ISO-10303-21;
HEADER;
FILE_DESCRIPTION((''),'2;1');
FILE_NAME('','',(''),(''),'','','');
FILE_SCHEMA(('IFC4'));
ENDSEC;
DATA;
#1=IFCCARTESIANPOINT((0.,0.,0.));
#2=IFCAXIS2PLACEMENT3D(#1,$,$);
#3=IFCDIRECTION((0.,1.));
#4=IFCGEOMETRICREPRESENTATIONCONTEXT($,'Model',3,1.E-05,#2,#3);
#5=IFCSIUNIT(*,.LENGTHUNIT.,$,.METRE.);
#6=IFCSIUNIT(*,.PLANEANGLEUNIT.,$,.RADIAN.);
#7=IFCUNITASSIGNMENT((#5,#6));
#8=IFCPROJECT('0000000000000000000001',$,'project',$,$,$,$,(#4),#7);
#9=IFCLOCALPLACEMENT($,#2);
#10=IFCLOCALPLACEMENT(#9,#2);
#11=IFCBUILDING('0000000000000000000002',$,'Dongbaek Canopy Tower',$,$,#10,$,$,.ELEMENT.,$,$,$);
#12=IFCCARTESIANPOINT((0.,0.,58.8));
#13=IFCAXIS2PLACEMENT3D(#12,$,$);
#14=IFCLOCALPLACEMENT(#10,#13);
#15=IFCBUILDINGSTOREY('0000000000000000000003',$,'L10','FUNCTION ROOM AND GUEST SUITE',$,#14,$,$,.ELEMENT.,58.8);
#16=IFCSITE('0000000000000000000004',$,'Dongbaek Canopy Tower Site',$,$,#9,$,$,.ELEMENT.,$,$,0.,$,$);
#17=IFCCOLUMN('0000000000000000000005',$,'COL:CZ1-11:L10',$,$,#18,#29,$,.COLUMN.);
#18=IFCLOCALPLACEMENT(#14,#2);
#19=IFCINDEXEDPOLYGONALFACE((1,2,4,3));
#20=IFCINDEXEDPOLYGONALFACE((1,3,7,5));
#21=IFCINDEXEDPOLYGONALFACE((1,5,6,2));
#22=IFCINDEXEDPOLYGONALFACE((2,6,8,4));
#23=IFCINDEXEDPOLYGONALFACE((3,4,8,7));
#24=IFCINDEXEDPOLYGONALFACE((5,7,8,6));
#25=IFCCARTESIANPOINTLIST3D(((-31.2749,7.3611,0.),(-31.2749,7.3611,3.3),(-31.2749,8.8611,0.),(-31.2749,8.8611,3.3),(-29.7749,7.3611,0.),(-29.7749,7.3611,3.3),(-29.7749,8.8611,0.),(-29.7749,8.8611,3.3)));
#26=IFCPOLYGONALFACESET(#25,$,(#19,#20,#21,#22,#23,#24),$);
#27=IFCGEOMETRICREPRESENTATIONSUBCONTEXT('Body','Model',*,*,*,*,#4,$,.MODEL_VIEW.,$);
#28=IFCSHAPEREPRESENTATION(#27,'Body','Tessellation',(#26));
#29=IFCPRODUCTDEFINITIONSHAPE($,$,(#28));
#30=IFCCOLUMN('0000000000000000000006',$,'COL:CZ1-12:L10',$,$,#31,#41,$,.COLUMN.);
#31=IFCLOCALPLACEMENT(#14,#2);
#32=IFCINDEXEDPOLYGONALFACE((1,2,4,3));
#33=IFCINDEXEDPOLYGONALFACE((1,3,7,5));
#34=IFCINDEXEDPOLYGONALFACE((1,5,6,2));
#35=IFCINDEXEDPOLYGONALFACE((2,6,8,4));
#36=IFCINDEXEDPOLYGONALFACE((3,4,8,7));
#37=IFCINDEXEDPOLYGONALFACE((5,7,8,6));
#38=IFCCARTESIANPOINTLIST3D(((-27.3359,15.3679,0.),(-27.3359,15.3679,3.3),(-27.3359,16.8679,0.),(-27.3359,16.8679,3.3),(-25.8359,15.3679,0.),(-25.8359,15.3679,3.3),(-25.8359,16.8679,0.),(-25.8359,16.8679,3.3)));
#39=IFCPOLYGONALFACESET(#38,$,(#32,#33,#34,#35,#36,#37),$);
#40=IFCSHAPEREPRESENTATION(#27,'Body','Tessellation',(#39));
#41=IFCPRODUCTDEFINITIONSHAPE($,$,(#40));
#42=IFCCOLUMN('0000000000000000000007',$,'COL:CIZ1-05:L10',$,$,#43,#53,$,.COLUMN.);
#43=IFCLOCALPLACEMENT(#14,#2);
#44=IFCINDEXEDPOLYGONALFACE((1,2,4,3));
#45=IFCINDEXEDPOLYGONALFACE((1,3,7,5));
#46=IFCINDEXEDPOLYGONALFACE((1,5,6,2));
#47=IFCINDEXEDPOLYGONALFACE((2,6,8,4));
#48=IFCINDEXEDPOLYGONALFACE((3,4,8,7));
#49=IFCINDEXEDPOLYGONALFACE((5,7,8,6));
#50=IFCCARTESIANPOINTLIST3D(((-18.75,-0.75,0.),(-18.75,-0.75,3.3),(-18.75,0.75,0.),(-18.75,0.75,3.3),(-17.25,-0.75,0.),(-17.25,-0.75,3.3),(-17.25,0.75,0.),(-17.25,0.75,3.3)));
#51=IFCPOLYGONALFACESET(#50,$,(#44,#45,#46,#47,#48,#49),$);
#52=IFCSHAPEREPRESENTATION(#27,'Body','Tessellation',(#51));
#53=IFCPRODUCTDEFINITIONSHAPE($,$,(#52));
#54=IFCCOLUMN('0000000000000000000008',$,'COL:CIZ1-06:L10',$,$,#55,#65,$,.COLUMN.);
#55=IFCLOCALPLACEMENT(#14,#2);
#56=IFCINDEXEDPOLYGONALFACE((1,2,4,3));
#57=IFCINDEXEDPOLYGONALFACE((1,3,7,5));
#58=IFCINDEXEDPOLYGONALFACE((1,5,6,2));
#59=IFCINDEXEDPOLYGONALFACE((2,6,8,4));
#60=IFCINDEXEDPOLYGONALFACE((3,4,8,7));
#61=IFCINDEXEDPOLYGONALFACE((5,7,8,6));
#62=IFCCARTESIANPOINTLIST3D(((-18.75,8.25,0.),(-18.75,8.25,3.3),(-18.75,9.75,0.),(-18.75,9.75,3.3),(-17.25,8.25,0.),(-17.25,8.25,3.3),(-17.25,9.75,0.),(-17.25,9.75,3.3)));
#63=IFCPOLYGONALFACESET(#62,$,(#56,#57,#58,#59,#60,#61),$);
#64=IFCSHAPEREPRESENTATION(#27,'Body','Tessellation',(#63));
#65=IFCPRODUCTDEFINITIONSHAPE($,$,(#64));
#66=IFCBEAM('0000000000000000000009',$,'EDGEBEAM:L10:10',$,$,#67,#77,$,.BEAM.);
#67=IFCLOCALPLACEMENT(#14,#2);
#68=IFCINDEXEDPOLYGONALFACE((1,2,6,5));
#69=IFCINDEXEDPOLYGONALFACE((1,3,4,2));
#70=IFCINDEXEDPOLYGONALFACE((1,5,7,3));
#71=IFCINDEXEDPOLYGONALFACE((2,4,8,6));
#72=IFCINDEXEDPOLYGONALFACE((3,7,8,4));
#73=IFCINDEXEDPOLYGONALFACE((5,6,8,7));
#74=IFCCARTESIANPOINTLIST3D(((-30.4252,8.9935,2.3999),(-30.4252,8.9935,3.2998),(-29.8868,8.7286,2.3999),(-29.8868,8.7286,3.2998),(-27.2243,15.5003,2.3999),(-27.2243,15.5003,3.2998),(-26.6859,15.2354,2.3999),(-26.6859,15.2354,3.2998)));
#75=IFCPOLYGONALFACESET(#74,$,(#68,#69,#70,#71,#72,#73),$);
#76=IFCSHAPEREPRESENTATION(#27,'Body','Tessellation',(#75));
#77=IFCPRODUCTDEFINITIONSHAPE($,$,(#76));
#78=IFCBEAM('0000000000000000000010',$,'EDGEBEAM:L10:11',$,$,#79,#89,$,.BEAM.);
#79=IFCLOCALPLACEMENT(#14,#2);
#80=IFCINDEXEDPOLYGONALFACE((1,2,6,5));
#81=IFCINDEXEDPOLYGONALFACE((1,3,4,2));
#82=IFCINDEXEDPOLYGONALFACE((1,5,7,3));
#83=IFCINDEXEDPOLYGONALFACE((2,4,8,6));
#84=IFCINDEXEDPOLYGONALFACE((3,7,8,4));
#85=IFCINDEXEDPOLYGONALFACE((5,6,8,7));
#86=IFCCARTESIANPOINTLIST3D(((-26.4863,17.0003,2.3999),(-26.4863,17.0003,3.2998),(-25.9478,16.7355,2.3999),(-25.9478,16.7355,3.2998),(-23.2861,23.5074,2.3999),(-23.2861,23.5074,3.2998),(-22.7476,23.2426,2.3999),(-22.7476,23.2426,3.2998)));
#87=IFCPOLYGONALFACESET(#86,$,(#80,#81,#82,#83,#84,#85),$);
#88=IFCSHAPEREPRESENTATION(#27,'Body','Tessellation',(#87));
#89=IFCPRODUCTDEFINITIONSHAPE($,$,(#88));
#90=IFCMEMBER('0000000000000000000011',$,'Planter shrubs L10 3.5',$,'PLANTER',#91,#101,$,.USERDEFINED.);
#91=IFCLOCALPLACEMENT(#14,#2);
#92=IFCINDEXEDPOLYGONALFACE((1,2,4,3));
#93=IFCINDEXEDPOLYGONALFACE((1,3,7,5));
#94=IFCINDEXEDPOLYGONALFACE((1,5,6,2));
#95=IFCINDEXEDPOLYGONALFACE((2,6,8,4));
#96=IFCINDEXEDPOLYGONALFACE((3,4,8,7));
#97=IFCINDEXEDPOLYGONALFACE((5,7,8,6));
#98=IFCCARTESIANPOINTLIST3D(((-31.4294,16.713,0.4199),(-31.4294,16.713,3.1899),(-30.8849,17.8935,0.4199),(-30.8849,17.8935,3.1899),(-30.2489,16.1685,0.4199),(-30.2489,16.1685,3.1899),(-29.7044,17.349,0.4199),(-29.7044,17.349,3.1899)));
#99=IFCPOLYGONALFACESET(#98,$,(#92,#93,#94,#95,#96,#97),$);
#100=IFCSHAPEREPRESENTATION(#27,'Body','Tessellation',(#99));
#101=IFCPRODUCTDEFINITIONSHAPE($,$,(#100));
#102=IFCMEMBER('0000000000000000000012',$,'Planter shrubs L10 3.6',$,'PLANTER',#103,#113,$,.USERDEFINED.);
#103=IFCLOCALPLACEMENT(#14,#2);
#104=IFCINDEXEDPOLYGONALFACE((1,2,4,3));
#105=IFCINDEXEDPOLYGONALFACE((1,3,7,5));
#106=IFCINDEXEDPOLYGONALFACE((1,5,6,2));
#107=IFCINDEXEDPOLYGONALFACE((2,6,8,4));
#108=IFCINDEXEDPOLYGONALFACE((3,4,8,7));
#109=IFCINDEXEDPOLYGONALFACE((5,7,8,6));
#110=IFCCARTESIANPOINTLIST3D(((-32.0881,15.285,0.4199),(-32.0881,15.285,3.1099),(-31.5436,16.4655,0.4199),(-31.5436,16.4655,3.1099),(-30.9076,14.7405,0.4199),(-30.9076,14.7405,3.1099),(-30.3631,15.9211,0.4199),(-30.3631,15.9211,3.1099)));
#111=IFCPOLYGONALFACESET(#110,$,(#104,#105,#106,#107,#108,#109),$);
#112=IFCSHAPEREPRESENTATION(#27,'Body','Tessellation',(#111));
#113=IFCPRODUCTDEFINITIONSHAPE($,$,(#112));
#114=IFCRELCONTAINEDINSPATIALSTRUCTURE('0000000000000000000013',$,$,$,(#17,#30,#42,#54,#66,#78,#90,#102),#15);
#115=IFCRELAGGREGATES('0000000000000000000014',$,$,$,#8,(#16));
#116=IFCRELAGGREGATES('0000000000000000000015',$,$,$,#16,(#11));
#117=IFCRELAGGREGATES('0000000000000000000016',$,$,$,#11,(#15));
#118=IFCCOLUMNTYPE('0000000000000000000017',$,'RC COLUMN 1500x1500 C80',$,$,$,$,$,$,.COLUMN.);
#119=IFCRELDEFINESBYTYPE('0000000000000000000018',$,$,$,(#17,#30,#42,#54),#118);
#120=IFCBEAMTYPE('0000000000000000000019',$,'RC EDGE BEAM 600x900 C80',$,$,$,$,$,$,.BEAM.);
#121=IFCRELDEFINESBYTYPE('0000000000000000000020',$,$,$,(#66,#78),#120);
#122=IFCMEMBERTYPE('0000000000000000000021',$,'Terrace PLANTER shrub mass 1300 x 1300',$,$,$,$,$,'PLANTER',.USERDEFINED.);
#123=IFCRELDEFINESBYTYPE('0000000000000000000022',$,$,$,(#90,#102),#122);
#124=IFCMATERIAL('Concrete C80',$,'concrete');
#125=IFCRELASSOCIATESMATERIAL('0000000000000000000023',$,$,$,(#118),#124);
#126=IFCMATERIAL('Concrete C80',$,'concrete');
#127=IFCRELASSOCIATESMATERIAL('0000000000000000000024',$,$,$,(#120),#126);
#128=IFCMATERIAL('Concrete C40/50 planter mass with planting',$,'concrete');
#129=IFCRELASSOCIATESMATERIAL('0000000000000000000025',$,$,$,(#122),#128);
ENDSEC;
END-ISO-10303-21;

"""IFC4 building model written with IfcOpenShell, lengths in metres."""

from ifc_helpers import new_model, si_unit, direction, frame, origin, origin_2d, place, context, subcontext, project, spatial, rectangle, extrude, material, material_profile, profile_set, type_object, element, save


model = new_model("IFC4")

# Units and contexts
model_context = context("Model", 3, precision=1e-05, world=origin(), true_north=direction((0.0, 1.0)))
body_context = subcontext(model_context, "Body", "Model", "MODEL_VIEW")
ifc_project = project(units=[si_unit("LENGTHUNIT", "METRE"), si_unit("PLANEANGLEUNIT", "RADIAN")], contexts=[model_context])

# Site, building, storey
site_placement = place(None, origin())
site = spatial("IfcSite", under=ifc_project, at=site_placement, Name="Dongbaek Canopy Tower Site", CompositionType="ELEMENT", RefElevation=0.0)
building_placement = place(site_placement, origin())
building = spatial("IfcBuilding", under=site, at=building_placement, Name="Dongbaek Canopy Tower", CompositionType="ELEMENT")
storey_placement = place(building_placement, frame((0.0, 0.0, 58.8)))
storey = spatial("IfcBuildingStorey", under=building, at=storey_placement, Name="L10", Description="FUNCTION ROOM AND GUEST SUITE", CompositionType="ELEMENT", Elevation=58.8)

# Columns
ifc_material_1 = material(Name="Concrete C80", Category="concrete")
ifc_material_profile_1 = material_profile(ifc_material_1, rectangle(XDim=1.5, YDim=1.5, at=origin_2d()), Name="RC COLUMN 1500x1500 C80")
ifc_profile_set_1 = profile_set([ifc_material_profile_1], Name="Concrete C80")
column_type = type_object("IfcColumnType", Name="RC COLUMN 1500x1500 C80", PredefinedType="COLUMN", material=ifc_profile_set_1)
for number, where, z_axis, x_axis, name in (
    (1, (-30.5249, 8.1111, 0.0), (0.0, 0.0, 1.0), (1.0, 0.0, 0.0), "COL:CZ1-11:L10"),
    (2, (-26.5859, 16.1179, 0.0), (0.0, 0.0, 1.0), (1.0, 0.0, 0.0), "COL:CZ1-12:L10"),
    (3, (-18.0, 0.0, 0.0), (0.0, 0.0, 1.0), (1.0, 0.0, 0.0), "COL:CIZ1-05:L10"),
    (4, (-18.0, 9.0, 0.0), (0.0, 0.0, 1.0), (1.0, 0.0, 0.0), "COL:CIZ1-06:L10"),
):
    element("IfcColumn", number, at=place(storey_placement, frame(where, z_axis=z_axis, x_axis=x_axis)), inside=storey, type_object=column_type, Name=name, PredefinedType="COLUMN", context=body_context, shape_type="SweptSolid", body=[
        extrude(rectangle(XDim=1.5, YDim=1.5, at=origin_2d()), origin(), (0.0, 0.0, 1.0), 3.3),
    ])

# Beams
ifc_material_2 = material(Name="Concrete C80", Category="concrete")
ifc_material_profile_2 = material_profile(ifc_material_2, rectangle(XDim=0.6001, YDim=0.8999, at=origin_2d()), Name="RC EDGE BEAM 600x900 C80")
ifc_profile_set_2 = profile_set([ifc_material_profile_2], Name="Concrete C80")
beam_type = type_object("IfcBeamType", Name="RC EDGE BEAM 600x900 C80", PredefinedType="BEAM", material=ifc_profile_set_2)
for number, where, z_axis, x_axis, name in (
    (5, (-30.156, 8.8611, 2.8499), (0.441413, 0.897304, 0.0), (-0.897304, 0.441413, 0.0), "EDGEBEAM:L10:10"),
    (6, (-26.217, 16.8679, 2.8499), (0.441319, 0.89735, 0.0), (-0.89735, 0.441319, 0.0), "EDGEBEAM:L10:11"),
):
    element("IfcBeam", number, at=place(storey_placement, frame(where, z_axis=z_axis, x_axis=x_axis)), inside=storey, type_object=beam_type, Name=name, PredefinedType="BEAM", context=body_context, shape_type="SweptSolid", body=[
        extrude(rectangle(XDim=0.6001, YDim=0.8999, at=origin_2d()), origin(), (0.0, 0.0, 1.0), 7.2515),
    ])

# Members
ifc_material_3 = material(Name="Concrete C40/50 planter mass with planting", Category="concrete")
ifc_material_profile_3 = material_profile(ifc_material_3, rectangle(XDim=1.3, YDim=1.3, at=origin_2d()), Name="Terrace PLANTER shrub mass 1300 x 1300")
ifc_profile_set_3 = profile_set([ifc_material_profile_3], Name="Concrete C40/50 planter mass with planting")
member_type = type_object("IfcMemberType", Name="Terrace PLANTER shrub mass 1300 x 1300", ElementType="PLANTER", PredefinedType="USERDEFINED", material=ifc_profile_set_3)
member_1_placement = place(storey_placement, frame((-30.5669, 17.031, 0.4199), z_axis=(0.0, 0.0, 1.0), x_axis=(-0.908073, 0.418811, 0.0)))
element("IfcMember", 7, at=member_1_placement, inside=storey, type_object=member_type, Name="Planter shrubs L10 3.5", ObjectType="PLANTER", PredefinedType="USERDEFINED", context=body_context, shape_type="SweptSolid", body=[
    extrude(rectangle(XDim=1.3, YDim=1.3, at=origin_2d()), origin(), (0.0, 0.0, 1.0), 2.77),
])
member_2_placement = place(storey_placement, frame((-31.2256, 15.603, 0.4199), z_axis=(0.0, 0.0, 1.0), x_axis=(-0.908073, 0.418811, 0.0)))
element("IfcMember", 8, at=member_2_placement, inside=storey, type_object=member_type, Name="Planter shrubs L10 3.6", ObjectType="PLANTER", PredefinedType="USERDEFINED", context=body_context, shape_type="SweptSolid", body=[
    extrude(rectangle(XDim=1.3, YDim=1.3, at=origin_2d()), origin(), (0.0, 0.0, 1.0), 2.6899),
])

save(model, "model.ifc")
